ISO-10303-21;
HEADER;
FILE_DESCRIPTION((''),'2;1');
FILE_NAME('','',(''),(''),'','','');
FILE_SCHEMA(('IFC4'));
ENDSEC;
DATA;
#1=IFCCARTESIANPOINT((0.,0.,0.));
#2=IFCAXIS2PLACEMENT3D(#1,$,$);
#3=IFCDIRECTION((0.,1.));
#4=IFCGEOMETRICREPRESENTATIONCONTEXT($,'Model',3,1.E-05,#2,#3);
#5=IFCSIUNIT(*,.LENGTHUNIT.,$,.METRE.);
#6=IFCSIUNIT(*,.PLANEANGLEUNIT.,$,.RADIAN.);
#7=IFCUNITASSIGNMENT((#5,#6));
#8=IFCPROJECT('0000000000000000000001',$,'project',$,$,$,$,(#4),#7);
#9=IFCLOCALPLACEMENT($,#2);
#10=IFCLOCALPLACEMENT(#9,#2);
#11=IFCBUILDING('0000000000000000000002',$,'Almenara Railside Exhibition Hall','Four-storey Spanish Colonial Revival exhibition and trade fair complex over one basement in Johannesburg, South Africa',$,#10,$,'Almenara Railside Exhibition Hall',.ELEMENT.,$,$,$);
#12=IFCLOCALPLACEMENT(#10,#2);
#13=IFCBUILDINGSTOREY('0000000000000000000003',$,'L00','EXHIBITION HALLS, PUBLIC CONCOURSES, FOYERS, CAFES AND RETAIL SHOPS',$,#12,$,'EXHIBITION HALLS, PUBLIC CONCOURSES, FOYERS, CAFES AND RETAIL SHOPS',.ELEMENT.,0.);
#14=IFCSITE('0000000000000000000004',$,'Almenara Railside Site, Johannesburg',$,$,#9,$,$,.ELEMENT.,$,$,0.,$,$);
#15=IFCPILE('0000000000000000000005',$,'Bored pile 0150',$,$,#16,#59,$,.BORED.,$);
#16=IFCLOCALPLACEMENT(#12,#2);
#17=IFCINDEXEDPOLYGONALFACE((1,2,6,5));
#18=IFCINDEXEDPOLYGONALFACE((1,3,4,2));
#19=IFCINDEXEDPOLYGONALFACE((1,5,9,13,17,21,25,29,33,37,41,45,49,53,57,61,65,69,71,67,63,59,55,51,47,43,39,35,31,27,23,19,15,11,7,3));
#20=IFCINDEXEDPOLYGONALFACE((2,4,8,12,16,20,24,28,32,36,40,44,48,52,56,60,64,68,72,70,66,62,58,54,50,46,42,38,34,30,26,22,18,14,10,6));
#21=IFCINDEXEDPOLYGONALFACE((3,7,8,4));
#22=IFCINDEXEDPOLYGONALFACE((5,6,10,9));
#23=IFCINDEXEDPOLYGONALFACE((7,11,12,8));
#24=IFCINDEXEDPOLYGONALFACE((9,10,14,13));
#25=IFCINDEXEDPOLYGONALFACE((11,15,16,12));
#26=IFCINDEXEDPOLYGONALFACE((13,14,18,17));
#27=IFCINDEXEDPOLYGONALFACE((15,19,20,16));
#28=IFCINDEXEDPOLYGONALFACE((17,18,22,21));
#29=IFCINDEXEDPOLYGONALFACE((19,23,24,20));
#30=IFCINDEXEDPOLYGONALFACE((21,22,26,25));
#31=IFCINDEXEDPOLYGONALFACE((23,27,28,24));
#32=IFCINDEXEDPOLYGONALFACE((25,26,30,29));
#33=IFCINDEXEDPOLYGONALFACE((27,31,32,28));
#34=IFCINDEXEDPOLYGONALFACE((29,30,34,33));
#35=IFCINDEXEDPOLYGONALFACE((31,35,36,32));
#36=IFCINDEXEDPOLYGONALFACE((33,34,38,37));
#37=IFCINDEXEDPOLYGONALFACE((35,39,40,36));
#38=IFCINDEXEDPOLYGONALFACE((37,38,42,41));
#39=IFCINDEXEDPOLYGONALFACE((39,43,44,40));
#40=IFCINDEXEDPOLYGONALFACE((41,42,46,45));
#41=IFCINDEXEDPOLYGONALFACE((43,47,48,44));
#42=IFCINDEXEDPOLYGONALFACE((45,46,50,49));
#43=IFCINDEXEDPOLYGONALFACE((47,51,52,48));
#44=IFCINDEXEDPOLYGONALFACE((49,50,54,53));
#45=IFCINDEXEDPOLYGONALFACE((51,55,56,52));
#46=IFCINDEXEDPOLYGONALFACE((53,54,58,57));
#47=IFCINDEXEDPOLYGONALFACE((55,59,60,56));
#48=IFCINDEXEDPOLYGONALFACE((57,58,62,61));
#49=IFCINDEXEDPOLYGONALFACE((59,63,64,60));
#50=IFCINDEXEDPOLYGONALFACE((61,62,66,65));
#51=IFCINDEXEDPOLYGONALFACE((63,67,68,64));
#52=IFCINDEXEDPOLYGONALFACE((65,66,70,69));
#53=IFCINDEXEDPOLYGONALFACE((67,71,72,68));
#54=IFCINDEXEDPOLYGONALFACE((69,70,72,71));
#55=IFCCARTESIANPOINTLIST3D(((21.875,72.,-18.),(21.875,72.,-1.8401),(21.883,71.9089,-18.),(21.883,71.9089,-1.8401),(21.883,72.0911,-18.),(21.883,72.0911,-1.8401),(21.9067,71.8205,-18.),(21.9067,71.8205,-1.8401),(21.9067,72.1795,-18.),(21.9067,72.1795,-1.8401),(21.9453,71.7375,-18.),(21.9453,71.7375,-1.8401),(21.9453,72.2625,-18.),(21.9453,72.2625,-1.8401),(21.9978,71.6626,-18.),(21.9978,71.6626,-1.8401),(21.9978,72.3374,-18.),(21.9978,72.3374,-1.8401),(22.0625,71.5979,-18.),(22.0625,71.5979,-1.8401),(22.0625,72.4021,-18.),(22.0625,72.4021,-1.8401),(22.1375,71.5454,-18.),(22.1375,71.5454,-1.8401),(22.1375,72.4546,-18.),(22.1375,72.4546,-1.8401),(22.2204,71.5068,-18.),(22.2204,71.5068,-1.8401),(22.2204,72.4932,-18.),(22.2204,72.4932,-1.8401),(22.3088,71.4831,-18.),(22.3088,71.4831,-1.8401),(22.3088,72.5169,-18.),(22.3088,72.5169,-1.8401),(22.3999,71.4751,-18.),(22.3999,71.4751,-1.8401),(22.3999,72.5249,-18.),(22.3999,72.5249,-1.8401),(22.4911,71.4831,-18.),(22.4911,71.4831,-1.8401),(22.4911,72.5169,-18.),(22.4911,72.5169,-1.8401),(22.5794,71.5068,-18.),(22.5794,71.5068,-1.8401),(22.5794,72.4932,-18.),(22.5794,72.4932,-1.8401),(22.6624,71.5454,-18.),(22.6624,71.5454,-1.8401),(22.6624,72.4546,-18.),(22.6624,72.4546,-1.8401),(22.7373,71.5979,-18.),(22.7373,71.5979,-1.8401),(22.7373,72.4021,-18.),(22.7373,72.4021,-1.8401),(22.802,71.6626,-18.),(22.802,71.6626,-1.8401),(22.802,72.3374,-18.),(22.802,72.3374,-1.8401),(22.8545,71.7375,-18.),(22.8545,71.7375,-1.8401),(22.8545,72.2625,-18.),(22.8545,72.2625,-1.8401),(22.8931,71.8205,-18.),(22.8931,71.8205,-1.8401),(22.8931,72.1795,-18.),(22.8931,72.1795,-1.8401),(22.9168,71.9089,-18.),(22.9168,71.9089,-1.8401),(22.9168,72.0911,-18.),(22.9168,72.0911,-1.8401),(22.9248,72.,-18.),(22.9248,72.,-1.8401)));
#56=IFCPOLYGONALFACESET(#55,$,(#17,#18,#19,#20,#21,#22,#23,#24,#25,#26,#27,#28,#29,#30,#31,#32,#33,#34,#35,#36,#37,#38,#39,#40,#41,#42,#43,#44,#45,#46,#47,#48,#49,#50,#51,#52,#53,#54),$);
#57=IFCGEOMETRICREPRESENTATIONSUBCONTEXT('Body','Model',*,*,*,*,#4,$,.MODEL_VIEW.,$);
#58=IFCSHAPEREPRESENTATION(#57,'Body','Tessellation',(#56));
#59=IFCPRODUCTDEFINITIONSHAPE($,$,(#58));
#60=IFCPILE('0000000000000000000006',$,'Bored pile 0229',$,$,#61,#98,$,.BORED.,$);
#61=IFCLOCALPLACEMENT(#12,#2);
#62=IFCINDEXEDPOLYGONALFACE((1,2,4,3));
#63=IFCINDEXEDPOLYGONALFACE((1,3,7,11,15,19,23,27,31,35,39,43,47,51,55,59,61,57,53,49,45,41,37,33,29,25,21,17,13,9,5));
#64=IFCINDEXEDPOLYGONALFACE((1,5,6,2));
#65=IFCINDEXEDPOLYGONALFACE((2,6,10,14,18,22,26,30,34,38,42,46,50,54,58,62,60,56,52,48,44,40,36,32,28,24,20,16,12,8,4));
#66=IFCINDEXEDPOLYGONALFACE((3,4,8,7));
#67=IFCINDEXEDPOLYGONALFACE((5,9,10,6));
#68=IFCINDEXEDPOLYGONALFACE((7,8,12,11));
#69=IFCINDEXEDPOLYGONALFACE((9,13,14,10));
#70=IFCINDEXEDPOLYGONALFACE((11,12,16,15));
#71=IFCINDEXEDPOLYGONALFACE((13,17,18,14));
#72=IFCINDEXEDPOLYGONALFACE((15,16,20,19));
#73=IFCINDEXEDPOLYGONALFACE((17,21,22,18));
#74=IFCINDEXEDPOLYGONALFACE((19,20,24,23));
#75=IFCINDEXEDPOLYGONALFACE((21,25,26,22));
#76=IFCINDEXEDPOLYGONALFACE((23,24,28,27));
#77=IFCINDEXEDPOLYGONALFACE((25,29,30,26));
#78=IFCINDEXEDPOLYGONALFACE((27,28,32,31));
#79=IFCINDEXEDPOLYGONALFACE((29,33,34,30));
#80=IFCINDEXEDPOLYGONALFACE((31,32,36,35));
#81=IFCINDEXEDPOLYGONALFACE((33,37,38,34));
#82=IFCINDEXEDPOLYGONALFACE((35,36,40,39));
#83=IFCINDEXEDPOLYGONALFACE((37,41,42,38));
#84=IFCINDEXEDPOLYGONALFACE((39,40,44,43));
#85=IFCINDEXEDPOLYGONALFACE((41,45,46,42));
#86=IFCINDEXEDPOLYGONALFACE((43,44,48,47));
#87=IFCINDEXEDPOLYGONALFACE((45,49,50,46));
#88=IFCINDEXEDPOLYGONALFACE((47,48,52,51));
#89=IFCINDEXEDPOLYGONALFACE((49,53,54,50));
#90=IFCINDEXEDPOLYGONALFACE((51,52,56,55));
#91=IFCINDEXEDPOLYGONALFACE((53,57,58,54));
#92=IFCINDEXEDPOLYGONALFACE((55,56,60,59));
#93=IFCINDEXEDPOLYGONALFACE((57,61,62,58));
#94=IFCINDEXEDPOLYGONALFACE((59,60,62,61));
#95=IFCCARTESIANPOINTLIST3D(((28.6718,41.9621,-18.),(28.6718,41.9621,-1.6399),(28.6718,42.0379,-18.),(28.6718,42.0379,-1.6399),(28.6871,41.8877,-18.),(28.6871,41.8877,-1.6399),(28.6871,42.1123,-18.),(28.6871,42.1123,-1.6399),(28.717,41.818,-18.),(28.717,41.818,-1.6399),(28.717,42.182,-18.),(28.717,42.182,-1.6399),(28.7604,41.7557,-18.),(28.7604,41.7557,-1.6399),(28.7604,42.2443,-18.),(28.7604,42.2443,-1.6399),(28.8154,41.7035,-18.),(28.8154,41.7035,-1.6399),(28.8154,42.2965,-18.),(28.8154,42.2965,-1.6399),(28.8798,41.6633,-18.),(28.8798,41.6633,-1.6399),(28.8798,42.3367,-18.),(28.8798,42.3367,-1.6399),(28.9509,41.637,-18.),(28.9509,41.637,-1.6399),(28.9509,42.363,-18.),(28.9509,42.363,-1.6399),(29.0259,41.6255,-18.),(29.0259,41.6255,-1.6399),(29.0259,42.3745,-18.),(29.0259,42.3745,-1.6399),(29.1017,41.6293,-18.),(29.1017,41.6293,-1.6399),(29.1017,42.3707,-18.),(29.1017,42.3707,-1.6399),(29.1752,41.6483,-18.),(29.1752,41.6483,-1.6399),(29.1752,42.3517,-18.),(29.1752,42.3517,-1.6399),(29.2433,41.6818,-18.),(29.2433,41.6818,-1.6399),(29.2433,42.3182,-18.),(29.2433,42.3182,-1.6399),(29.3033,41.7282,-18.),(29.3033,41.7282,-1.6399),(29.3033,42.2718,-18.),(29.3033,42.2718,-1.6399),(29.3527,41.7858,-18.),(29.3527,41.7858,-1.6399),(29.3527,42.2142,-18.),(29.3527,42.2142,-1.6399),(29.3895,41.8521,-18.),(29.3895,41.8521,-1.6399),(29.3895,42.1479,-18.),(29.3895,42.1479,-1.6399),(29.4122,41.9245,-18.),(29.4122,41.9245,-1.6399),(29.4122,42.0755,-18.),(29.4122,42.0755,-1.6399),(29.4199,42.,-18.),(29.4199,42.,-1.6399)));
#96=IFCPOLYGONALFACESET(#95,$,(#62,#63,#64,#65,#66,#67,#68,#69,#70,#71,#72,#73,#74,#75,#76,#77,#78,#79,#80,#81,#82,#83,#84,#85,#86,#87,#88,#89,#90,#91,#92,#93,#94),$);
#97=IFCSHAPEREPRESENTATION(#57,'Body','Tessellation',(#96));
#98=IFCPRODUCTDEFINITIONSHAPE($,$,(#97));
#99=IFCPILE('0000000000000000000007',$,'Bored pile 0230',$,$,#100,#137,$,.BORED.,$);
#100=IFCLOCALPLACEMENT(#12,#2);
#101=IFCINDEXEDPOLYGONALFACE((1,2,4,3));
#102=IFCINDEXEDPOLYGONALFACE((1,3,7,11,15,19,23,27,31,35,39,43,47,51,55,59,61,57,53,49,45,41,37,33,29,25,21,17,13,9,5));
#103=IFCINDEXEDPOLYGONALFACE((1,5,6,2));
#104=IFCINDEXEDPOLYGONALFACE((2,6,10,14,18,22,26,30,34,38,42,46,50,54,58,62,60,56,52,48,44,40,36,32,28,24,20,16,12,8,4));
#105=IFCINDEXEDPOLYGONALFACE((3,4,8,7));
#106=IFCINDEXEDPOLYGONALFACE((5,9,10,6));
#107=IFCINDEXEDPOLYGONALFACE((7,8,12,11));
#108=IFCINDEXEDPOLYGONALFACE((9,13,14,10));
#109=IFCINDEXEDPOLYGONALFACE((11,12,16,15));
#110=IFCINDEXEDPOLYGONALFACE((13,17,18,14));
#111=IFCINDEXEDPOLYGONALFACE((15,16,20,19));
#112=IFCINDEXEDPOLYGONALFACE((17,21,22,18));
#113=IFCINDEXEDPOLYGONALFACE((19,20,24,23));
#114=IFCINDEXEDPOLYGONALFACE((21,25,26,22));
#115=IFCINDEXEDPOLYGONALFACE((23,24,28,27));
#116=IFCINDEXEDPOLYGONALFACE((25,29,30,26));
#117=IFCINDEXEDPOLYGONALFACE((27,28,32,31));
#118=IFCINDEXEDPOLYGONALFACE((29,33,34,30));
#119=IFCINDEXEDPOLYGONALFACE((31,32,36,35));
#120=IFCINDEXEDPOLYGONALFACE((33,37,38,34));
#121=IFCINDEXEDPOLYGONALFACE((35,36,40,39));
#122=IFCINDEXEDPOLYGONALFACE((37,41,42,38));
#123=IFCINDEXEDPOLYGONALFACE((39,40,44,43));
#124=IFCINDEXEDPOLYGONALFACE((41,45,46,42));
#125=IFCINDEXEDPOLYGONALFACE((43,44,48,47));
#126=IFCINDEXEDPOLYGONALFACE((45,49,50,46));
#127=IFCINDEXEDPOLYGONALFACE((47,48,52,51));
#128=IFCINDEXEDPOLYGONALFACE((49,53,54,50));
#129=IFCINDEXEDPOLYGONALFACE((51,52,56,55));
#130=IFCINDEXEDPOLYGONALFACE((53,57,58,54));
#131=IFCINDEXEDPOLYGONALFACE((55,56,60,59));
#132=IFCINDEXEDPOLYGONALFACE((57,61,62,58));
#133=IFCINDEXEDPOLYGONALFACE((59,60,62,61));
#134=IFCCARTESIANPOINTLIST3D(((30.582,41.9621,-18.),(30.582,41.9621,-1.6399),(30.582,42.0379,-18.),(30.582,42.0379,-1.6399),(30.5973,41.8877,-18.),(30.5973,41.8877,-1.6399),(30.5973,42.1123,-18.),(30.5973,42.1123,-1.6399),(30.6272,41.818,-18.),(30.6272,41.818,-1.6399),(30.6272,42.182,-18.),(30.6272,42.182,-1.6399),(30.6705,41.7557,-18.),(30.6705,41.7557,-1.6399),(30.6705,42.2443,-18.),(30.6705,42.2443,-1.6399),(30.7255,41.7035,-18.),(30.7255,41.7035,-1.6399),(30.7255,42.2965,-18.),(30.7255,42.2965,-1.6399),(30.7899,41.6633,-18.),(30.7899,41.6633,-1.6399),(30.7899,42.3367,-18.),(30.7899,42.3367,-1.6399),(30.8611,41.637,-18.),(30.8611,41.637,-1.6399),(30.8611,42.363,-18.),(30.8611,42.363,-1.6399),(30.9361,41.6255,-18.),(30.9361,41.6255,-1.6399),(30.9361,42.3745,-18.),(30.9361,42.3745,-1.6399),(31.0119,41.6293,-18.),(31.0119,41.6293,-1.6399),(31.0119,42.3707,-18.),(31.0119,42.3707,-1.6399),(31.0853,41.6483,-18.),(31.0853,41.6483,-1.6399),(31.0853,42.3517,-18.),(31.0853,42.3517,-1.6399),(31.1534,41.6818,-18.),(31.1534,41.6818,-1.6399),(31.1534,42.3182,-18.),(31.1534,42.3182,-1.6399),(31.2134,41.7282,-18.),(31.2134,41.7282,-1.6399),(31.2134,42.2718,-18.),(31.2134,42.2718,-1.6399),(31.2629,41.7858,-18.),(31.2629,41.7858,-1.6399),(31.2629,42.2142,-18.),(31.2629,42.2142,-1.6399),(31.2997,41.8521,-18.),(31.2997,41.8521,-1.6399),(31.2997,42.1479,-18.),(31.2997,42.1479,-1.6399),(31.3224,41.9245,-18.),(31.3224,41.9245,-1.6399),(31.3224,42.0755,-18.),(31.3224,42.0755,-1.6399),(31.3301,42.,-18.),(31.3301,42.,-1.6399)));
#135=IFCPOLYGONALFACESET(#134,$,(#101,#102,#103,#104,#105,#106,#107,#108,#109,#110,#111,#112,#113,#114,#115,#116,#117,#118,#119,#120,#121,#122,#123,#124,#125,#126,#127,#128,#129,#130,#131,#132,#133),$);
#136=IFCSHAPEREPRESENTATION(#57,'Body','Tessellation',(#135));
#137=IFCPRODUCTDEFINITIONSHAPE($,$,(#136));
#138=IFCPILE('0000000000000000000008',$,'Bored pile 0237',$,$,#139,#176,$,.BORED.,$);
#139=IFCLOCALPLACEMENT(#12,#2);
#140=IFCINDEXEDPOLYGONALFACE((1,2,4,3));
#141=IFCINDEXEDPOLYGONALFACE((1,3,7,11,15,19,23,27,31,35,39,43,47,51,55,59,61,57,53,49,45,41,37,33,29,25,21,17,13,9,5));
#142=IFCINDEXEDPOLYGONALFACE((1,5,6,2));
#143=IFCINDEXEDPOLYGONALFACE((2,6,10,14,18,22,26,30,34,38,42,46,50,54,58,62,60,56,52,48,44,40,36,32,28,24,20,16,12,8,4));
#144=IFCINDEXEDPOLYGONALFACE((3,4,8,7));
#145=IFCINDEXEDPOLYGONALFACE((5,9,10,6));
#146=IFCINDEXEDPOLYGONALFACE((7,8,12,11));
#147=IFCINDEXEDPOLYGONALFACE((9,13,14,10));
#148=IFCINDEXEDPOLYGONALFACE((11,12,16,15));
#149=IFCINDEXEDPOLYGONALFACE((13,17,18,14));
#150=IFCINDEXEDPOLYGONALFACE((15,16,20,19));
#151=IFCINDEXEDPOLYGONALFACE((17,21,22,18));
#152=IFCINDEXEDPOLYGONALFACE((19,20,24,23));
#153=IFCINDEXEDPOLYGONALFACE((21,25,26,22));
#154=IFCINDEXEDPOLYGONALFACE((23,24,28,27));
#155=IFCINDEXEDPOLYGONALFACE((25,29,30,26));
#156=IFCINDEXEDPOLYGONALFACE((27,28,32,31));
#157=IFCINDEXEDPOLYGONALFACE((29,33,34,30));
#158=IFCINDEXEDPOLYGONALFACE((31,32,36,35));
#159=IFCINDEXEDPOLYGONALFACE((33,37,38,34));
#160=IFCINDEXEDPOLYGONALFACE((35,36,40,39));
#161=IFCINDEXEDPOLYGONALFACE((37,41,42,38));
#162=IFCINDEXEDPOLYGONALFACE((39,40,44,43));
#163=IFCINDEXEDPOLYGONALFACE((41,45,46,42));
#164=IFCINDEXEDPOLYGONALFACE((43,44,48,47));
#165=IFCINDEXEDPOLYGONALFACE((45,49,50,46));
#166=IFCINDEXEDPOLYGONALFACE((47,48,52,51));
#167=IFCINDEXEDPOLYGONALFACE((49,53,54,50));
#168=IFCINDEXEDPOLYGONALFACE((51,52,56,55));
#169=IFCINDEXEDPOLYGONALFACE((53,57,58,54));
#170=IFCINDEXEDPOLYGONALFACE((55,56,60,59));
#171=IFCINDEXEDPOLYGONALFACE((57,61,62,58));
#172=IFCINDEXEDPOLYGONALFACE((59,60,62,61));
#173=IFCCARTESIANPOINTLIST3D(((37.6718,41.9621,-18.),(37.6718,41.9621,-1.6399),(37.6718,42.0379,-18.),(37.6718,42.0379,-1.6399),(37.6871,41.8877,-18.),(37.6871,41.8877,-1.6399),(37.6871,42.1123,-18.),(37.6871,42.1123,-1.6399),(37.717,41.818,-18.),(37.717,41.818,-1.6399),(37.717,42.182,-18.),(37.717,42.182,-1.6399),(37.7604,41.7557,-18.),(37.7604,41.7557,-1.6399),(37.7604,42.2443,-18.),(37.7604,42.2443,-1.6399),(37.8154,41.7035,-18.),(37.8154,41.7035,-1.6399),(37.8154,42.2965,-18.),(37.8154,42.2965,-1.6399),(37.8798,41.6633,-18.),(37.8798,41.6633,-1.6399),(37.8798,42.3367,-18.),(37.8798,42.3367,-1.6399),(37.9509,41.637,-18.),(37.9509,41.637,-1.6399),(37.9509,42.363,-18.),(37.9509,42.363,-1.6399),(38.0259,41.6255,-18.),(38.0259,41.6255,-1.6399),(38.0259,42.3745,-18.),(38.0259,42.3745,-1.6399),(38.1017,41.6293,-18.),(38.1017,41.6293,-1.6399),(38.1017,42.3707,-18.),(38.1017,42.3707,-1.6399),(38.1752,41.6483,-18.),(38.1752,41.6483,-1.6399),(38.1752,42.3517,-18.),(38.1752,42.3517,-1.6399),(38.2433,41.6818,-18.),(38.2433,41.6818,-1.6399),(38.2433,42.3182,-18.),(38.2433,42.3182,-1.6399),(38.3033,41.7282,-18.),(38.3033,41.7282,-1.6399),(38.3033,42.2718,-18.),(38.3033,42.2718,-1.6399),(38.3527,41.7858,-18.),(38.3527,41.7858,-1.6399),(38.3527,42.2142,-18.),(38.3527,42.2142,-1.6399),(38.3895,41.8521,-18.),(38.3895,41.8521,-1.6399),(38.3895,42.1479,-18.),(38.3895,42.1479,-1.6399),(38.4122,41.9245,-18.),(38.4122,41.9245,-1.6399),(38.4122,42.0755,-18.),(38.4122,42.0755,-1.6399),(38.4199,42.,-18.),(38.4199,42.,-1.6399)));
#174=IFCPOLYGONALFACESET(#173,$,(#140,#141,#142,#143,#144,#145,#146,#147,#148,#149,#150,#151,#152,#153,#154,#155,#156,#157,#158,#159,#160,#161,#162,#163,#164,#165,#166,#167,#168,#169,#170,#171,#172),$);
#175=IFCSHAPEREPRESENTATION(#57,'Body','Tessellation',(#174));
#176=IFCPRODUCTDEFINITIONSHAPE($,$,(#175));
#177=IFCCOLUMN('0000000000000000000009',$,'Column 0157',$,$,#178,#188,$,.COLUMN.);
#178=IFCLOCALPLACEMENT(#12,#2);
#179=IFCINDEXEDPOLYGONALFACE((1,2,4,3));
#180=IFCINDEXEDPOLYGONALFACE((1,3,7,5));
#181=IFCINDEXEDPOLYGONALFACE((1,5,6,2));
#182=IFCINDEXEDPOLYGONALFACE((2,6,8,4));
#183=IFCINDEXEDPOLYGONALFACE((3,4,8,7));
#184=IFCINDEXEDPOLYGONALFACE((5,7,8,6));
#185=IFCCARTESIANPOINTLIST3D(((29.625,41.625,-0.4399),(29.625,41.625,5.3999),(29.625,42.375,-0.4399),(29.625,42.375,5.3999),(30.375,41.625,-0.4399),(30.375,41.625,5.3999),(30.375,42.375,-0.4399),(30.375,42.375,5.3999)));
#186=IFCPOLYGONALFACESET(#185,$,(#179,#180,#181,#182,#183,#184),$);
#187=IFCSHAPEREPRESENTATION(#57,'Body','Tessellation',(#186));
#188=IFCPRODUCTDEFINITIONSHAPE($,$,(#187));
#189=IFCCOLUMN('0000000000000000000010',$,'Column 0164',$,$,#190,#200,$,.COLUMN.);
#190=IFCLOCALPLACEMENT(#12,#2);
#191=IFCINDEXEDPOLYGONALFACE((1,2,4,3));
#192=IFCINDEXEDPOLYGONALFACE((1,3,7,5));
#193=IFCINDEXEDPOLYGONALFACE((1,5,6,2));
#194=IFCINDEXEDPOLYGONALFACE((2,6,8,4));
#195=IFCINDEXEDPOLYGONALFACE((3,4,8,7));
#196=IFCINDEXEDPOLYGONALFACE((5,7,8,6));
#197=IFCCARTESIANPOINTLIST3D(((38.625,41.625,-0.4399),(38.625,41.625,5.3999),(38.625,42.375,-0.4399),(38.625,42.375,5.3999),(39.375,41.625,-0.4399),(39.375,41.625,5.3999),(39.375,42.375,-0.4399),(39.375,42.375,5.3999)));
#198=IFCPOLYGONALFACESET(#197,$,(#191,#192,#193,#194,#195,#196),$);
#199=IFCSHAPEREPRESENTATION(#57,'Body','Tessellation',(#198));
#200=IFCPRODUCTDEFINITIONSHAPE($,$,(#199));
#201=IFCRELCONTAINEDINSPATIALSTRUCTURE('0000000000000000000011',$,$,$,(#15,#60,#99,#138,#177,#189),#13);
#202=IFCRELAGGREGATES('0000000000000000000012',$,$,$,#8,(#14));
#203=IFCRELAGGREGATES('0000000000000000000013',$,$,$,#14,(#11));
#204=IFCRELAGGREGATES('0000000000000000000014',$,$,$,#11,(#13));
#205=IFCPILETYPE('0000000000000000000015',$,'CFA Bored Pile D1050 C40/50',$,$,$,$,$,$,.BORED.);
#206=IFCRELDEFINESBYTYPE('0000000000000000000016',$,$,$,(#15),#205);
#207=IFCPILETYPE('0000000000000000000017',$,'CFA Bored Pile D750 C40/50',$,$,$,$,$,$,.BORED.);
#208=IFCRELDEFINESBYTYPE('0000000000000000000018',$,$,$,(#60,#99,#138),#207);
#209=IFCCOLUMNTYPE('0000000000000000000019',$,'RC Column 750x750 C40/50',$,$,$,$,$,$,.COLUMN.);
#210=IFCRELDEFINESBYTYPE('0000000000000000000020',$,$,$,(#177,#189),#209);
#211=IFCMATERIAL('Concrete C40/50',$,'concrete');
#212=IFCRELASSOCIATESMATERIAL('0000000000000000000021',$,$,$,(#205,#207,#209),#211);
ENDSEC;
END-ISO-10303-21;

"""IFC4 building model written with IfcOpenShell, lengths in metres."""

from ifc_helpers import new_model, si_unit, direction, frame, origin, origin_2d, place, context, subcontext, project, spatial, rectangle, circle, extrude, material, material_profile, profile_set, type_object, element, save


model = new_model("IFC4")

# Units and contexts
model_context = context("Model", 3, precision=1e-05, world=origin(), true_north=direction((0.0, 1.0)))
body_context = subcontext(model_context, "Body", "Model", "MODEL_VIEW")
ifc_project = project(units=[si_unit("LENGTHUNIT", "METRE"), si_unit("PLANEANGLEUNIT", "RADIAN")], contexts=[model_context])

# Site, building, storey
site_placement = place(None, origin())
site = spatial("IfcSite", under=ifc_project, at=site_placement, Name="Almenara Railside Site, Johannesburg", CompositionType="ELEMENT", RefElevation=0.0)
building_placement = place(site_placement, origin())
building = spatial("IfcBuilding", under=site, at=building_placement, Name="Almenara Railside Exhibition Hall", Description="Four-storey Spanish Colonial Revival exhibition and trade fair complex over one basement in Johannesburg, South Africa", LongName="Almenara Railside Exhibition Hall", CompositionType="ELEMENT")
storey_placement = place(building_placement, origin())
storey = spatial("IfcBuildingStorey", under=building, at=storey_placement, Name="L00", Description="EXHIBITION HALLS, PUBLIC CONCOURSES, FOYERS, CAFES AND RETAIL SHOPS", LongName="EXHIBITION HALLS, PUBLIC CONCOURSES, FOYERS, CAFES AND RETAIL SHOPS", CompositionType="ELEMENT", Elevation=0.0)

# Piles
ifc_material_1 = material(Name="Concrete C40/50", Category="concrete")
ifc_material_profile_1 = material_profile(ifc_material_1, circle(Radius=0.5249, at=origin_2d()), Name="CFA-PILE D1050")
ifc_profile_set_1 = profile_set([ifc_material_profile_1], Name="Concrete C40/50")
pile_type_1 = type_object("IfcPileType", Name="CFA Bored Pile D1050 C40/50", PredefinedType="BORED", material=ifc_profile_set_1)
pile_placement = place(storey_placement, frame((22.3999, 72.0, -1.8401), z_axis=(0.0, 0.0, -1.0), x_axis=(1.0, 0.0, 0.0)))
element("IfcPile", 1, at=pile_placement, inside=storey, type_object=pile_type_1, Name="Bored pile 0150", PredefinedType="BORED", context=body_context, shape_type="SweptSolid", body=[
    extrude(circle(Radius=0.5249, at=origin_2d()), origin(), (0.0, 0.0, 1.0), 16.1599),
])
ifc_material_profile_2 = material_profile(ifc_material_1, circle(Radius=0.375, at=origin_2d()), Name="CFA-PILE D750")
ifc_profile_set_2 = profile_set([ifc_material_profile_2], Name="Concrete C40/50")
pile_type_2 = type_object("IfcPileType", Name="CFA Bored Pile D750 C40/50", PredefinedType="BORED", material=ifc_profile_set_2)
for number, where, z_axis, x_axis, name in (
    (2, (29.0449, 42.0, -1.6399), (0.0, 0.0, -1.0), (1.0, 0.0, 0.0), "Bored pile 0229"),
    (3, (30.9551, 42.0, -1.6399), (0.0, 0.0, -1.0), (1.0, 0.0, 0.0), "Bored pile 0230"),
    (4, (38.0449, 42.0, -1.6399), (0.0, 0.0, -1.0), (1.0, 0.0, 0.0), "Bored pile 0237"),
):
    element("IfcPile", number, at=place(storey_placement, frame(where, z_axis=z_axis, x_axis=x_axis)), inside=storey, type_object=pile_type_2, Name=name, PredefinedType="BORED", context=body_context, shape_type="SweptSolid", body=[
        extrude(circle(Radius=0.375, at=origin_2d()), origin(), (0.0, 0.0, 1.0), 16.3601),
    ])

# Columns
ifc_material_profile_3 = material_profile(ifc_material_1, rectangle(XDim=0.75, YDim=0.75, at=origin_2d()), Name="RC 750x750")
ifc_profile_set_3 = profile_set([ifc_material_profile_3], Name="Concrete C40/50")
column_type_1 = type_object("IfcColumnType", Name="RC Column 750x750 C40/50", PredefinedType="COLUMN", material=ifc_profile_set_3)
for number, where, z_axis, x_axis, name in (
    (5, (30.0, 42.0, -0.4399), (0.0, 0.0, 1.0), (1.0, 0.0, 0.0), "Column 0157"),
    (6, (39.0, 42.0, -0.4399), (0.0, 0.0, 1.0), (1.0, 0.0, 0.0), "Column 0164"),
):
    element("IfcColumn", number, at=place(storey_placement, frame(where, z_axis=z_axis, x_axis=x_axis)), inside=storey, type_object=column_type_1, Name=name, PredefinedType="COLUMN", context=body_context, shape_type="SweptSolid", body=[
        extrude(rectangle(XDim=0.75, YDim=0.75, at=origin_2d()), origin(), (0.0, 0.0, 1.0), 5.8398),
    ])

save(model, "model.ifc")
